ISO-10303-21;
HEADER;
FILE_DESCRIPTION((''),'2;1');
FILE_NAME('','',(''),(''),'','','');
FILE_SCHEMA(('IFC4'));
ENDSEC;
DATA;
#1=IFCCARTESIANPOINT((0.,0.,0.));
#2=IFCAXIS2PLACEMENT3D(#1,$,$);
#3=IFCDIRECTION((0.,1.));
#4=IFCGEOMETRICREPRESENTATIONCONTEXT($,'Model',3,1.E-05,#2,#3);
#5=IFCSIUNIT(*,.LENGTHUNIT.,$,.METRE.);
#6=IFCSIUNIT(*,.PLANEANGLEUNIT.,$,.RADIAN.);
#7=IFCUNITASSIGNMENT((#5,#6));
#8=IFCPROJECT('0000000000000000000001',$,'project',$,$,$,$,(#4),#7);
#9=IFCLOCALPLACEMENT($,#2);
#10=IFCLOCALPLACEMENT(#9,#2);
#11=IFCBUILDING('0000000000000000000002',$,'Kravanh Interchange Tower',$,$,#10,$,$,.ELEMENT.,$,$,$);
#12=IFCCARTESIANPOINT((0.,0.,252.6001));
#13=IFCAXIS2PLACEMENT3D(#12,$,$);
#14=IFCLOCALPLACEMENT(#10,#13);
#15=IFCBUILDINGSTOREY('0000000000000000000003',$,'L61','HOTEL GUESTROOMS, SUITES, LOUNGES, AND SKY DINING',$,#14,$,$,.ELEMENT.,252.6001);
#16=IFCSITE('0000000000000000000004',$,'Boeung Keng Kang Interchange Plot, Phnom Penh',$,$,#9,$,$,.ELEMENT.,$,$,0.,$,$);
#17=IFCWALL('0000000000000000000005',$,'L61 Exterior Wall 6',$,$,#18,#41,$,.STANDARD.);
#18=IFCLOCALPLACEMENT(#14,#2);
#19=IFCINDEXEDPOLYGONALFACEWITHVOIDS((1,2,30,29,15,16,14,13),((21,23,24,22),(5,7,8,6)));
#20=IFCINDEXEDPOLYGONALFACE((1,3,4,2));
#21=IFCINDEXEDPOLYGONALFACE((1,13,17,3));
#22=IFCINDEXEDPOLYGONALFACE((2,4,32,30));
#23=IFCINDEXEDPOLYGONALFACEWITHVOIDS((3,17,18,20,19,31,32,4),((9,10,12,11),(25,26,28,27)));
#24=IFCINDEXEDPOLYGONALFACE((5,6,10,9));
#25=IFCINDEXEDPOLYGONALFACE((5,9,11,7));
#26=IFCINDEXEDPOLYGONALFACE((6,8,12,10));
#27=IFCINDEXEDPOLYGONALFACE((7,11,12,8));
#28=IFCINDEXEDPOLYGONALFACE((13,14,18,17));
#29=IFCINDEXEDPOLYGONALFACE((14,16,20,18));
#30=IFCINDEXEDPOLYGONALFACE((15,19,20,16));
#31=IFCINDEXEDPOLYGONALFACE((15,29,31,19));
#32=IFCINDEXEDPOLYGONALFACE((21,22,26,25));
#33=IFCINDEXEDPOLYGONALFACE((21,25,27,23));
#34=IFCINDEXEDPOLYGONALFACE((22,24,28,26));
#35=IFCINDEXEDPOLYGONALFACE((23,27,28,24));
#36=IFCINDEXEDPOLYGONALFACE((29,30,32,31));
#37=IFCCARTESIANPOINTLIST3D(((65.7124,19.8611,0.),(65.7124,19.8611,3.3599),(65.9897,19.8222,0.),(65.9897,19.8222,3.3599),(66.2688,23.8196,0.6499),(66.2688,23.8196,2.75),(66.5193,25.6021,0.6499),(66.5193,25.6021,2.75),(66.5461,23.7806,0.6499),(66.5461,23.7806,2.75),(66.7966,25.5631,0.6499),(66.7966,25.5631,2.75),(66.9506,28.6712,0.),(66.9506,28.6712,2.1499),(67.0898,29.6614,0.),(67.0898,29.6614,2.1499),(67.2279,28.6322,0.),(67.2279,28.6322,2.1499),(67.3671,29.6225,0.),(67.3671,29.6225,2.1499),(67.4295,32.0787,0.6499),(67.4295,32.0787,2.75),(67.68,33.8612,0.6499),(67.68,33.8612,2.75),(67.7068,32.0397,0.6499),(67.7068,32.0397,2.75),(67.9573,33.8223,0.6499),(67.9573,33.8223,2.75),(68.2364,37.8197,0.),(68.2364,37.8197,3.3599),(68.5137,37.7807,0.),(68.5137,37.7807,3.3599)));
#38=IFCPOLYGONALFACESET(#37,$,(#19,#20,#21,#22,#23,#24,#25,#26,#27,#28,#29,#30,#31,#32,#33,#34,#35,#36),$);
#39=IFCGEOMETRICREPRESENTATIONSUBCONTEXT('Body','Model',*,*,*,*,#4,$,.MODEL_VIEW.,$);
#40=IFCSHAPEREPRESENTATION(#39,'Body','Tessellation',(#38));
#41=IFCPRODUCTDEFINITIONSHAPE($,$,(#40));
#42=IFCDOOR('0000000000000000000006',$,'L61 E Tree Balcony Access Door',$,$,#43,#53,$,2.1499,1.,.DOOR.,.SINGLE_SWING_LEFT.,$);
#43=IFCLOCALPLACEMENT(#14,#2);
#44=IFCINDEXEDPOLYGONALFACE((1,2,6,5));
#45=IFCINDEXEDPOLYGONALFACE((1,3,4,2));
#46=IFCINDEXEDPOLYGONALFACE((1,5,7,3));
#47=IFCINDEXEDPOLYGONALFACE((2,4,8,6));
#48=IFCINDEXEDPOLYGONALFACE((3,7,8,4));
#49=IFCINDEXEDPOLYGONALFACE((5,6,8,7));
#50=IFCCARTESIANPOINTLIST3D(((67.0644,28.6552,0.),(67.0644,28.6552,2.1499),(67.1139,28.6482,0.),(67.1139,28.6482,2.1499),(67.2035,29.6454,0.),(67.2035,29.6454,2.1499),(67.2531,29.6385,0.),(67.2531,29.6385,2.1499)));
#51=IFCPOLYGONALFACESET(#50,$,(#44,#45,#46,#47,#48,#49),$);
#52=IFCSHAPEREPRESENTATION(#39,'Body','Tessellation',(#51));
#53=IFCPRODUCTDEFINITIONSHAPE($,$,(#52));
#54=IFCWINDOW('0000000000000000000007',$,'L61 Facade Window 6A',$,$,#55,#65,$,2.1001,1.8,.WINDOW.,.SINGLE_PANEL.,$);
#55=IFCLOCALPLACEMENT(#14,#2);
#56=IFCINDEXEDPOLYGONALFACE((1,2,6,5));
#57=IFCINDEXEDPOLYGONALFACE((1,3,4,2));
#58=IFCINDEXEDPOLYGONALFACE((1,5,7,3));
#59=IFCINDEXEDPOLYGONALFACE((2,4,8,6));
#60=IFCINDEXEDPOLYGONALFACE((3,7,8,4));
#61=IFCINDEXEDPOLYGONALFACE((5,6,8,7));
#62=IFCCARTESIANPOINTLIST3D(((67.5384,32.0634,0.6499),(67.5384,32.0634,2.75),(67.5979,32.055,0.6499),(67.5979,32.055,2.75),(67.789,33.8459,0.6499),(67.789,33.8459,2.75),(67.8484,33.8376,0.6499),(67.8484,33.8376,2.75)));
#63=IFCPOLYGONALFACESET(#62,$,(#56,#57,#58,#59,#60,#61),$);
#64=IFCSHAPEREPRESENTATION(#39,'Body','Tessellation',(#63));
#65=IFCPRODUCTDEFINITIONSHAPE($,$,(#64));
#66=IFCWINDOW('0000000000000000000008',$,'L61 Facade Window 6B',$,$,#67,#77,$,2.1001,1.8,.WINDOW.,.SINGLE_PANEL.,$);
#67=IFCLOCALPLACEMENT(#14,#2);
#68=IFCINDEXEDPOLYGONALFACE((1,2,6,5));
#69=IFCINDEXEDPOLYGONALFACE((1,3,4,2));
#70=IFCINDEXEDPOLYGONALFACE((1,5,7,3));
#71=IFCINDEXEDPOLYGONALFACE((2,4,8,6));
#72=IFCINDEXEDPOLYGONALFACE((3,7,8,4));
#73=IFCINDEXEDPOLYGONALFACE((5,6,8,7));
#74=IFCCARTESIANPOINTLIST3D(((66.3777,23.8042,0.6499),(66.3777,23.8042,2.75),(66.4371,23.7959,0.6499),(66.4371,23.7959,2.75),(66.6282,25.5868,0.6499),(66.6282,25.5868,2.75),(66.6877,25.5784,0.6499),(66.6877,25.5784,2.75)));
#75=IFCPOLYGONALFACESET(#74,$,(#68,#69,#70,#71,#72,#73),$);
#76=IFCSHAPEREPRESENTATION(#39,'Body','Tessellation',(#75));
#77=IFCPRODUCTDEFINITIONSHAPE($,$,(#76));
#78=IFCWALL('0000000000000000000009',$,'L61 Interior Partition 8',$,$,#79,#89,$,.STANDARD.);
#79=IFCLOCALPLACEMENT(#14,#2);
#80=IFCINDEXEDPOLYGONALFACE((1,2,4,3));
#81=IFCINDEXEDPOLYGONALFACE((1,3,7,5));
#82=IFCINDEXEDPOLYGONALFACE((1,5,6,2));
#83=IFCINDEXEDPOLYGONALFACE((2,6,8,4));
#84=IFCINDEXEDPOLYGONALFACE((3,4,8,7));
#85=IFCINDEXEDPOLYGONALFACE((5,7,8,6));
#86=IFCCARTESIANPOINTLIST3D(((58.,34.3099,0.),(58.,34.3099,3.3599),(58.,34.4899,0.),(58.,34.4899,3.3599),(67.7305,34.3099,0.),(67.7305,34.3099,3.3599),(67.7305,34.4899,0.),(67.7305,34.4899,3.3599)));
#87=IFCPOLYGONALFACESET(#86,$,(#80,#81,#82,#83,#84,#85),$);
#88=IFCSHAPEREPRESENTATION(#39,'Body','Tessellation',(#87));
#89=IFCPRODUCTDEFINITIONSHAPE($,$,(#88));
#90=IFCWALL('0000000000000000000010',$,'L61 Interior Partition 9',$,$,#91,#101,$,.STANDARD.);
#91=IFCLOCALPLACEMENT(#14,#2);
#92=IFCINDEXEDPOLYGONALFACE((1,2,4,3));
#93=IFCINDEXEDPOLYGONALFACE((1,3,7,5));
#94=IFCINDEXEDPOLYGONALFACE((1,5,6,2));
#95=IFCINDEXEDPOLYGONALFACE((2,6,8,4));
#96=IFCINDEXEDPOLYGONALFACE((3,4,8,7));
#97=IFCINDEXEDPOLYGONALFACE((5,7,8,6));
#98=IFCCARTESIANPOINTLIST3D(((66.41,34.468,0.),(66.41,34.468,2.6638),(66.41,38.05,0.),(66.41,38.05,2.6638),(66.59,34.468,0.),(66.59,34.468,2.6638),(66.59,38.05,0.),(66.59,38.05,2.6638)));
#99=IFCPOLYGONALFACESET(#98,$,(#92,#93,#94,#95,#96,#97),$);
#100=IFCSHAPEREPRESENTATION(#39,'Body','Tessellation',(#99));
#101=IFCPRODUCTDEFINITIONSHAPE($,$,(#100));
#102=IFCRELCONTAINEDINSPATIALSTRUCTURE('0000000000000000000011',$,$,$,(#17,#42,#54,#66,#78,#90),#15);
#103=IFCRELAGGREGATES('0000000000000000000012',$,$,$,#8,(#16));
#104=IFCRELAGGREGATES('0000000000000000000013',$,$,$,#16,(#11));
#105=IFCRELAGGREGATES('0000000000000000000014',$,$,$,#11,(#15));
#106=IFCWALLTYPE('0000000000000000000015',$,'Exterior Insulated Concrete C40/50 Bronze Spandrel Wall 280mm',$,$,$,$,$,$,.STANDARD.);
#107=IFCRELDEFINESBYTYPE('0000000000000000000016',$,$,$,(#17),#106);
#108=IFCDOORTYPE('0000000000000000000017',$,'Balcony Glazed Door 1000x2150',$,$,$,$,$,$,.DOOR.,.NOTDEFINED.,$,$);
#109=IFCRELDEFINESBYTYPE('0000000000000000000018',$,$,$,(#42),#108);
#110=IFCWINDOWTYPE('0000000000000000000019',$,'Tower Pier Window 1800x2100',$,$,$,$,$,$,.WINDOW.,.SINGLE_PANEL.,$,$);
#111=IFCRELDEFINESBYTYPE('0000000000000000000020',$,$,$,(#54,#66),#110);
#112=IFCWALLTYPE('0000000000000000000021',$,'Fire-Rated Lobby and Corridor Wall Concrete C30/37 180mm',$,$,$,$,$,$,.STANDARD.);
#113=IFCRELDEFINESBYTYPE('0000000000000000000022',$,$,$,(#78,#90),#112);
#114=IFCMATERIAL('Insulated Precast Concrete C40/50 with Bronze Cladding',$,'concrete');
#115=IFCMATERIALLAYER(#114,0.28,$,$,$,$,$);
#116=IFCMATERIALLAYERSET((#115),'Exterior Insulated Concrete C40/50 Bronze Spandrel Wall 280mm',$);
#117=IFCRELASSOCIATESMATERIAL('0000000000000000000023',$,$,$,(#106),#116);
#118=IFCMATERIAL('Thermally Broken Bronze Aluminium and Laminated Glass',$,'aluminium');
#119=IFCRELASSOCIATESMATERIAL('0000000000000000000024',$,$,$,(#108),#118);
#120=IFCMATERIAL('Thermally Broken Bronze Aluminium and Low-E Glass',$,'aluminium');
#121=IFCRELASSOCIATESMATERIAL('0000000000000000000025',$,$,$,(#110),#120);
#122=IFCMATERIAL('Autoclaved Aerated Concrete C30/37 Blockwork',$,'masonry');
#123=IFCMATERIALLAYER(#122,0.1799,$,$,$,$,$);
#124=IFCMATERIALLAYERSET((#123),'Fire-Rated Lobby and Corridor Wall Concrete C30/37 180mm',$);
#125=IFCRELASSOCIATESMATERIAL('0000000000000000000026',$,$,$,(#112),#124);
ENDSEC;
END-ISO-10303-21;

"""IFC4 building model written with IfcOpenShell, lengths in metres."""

from ifc_helpers import new_model, si_unit, direction, frame, frame_2d, origin, place, context, subcontext, project, spatial, rectangle, extrude, material, layer, layer_set, type_object, element, fill, save


model = new_model("IFC4")

# Units and contexts
model_context = context("Model", 3, precision=1e-05, world=origin(), true_north=direction((0.0, 1.0)))
body_context = subcontext(model_context, "Body", "Model", "MODEL_VIEW")
ifc_project = project(units=[si_unit("LENGTHUNIT", "METRE"), si_unit("PLANEANGLEUNIT", "RADIAN")], contexts=[model_context])

# Site, building, storey
site_placement = place(None, origin())
site = spatial("IfcSite", under=ifc_project, at=site_placement, Name="Boeung Keng Kang Interchange Plot, Phnom Penh", CompositionType="ELEMENT", RefElevation=0.0)
building_placement = place(site_placement, origin())
building = spatial("IfcBuilding", under=site, at=building_placement, Name="Kravanh Interchange Tower", CompositionType="ELEMENT")
storey_placement = place(building_placement, frame((0.0, 0.0, 252.6001)))
storey = spatial("IfcBuildingStorey", under=building, at=storey_placement, Name="L61", Description="HOTEL GUESTROOMS, SUITES, LOUNGES, AND SKY DINING", CompositionType="ELEMENT", Elevation=252.6001)

# Wall, openings, door, windows
ifc_material_1 = material(Name="Insulated Precast Concrete C40/50 with Bronze Cladding", Category="concrete")
ifc_layer_1 = layer(ifc_material_1, 0.28)
ifc_layer_set_1 = layer_set([ifc_layer_1], Name="Exterior Insulated Concrete C40/50 Bronze Spandrel Wall 280mm")
wall_type_1 = type_object("IfcWallType", Name="Exterior Insulated Concrete C40/50 Bronze Spandrel Wall 280mm", PredefinedType="STANDARD", material=ifc_layer_set_1)
wall_1_placement = place(storey_placement, frame((68.375, 37.8, 0.0), z_axis=(0.0, 0.0, 1.0), x_axis=(-0.139174, -0.990268, 0.0)))
wall_1 = element("IfcWall", 1, at=wall_1_placement, inside=storey, type_object=wall_type_1, Name="L61 Exterior Wall 6", PredefinedType="STANDARD", context=body_context, shape_type="SweptSolid", body=[
    extrude(rectangle(XDim=18.135, YDim=0.28, at=frame_2d((9.0674, 0.0))), origin(), (0.0, 0.0, 1.0), 3.3599),
])
opening_1_placement = place(wall_1_placement, frame((8.2383, 0.0, 0.0)))
opening_1 = element("IfcOpeningElement", 2, at=opening_1_placement, cuts=wall_1, PredefinedType="OPENING", context=body_context, shape_type="SweptSolid", body=[
    extrude(rectangle(XDim=1.0, YDim=2.1499, at=frame_2d((0.5, 1.075))), frame((0.0, 0.1499, 0.0), z_axis=(0.0, -1.0, 0.0), x_axis=(1.0, 0.0, 0.0)), (0.0, 0.0, 1.0), 0.3),
])
opening_2_placement = place(wall_1_placement, frame((3.9973, 0.0, 0.6499)))
opening_2 = element("IfcOpeningElement", 3, at=opening_2_placement, cuts=wall_1, PredefinedType="OPENING", context=body_context, shape_type="SweptSolid", body=[
    extrude(rectangle(XDim=1.8, YDim=2.1001, at=frame_2d((0.8999, 1.05))), frame((0.0, 0.1499, 0.0), z_axis=(0.0, -1.0, 0.0), x_axis=(1.0, 0.0, 0.0)), (0.0, 0.0, 1.0), 0.3),
])
opening_3_placement = place(wall_1_placement, frame((12.3376, 0.0, 0.6499)))
opening_3 = element("IfcOpeningElement", 4, at=opening_3_placement, cuts=wall_1, PredefinedType="OPENING", context=body_context, shape_type="SweptSolid", body=[
    extrude(rectangle(XDim=1.8, YDim=2.1001, at=frame_2d((0.8999, 1.05))), frame((0.0, 0.1499, 0.0), z_axis=(0.0, -1.0, 0.0), x_axis=(1.0, 0.0, 0.0)), (0.0, 0.0, 1.0), 0.3),
])
ifc_material_2 = material(Name="Thermally Broken Bronze Aluminium and Laminated Glass", Category="aluminium")
door_type_1 = type_object("IfcDoorType", Name="Balcony Glazed Door 1000x2150", OperationType="NOTDEFINED", PredefinedType="DOOR", material=ifc_material_2)
door_1_placement = place(opening_1_placement, origin())
door_1 = element("IfcDoor", 5, at=door_1_placement, inside=storey, type_object=door_type_1, Name="L61 E Tree Balcony Access Door", OperationType="SINGLE_SWING_LEFT", OverallHeight=2.1499, OverallWidth=1.0, PredefinedType="DOOR", context=body_context, shape_type="SweptSolid", body=[
    extrude(rectangle(XDim=1.0, YDim=2.1499, at=frame_2d((0.5, 1.075))), frame((0.0, 0.0249, 0.0), z_axis=(0.0, -1.0, 0.0), x_axis=(1.0, 0.0, 0.0)), (0.0, 0.0, 1.0), 0.05),
])
fill(opening_1, door_1)
ifc_material_3 = material(Name="Thermally Broken Bronze Aluminium and Low-E Glass", Category="aluminium")
window_type = type_object("IfcWindowType", Name="Tower Pier Window 1800x2100", PartitioningType="SINGLE_PANEL", PredefinedType="WINDOW", material=ifc_material_3)
window_1_placement = place(opening_2_placement, origin())
window_1 = element("IfcWindow", 6, at=window_1_placement, inside=storey, type_object=window_type, Name="L61 Facade Window 6A", OverallHeight=2.1001, OverallWidth=1.8, PartitioningType="SINGLE_PANEL", PredefinedType="WINDOW", context=body_context, shape_type="SweptSolid", body=[
    extrude(rectangle(XDim=1.8, YDim=2.1001, at=frame_2d((0.8999, 1.05))), frame((0.0, 0.03, 0.0), z_axis=(0.0, -1.0, 0.0), x_axis=(1.0, 0.0, 0.0)), (0.0, 0.0, 1.0), 0.0601),
])
fill(opening_2, window_1)
window_2_placement = place(opening_3_placement, origin())
window_2 = element("IfcWindow", 7, at=window_2_placement, inside=storey, type_object=window_type, Name="L61 Facade Window 6B", OverallHeight=2.1001, OverallWidth=1.8, PartitioningType="SINGLE_PANEL", PredefinedType="WINDOW", context=body_context, shape_type="SweptSolid", body=[
    extrude(rectangle(XDim=1.8, YDim=2.1001, at=frame_2d((0.8999, 1.05))), frame((0.0, 0.03, 0.0), z_axis=(0.0, -1.0, 0.0), x_axis=(1.0, 0.0, 0.0)), (0.0, 0.0, 1.0), 0.0601),
])
fill(opening_3, window_2)

# Walls
ifc_material_4 = material(Name="Autoclaved Aerated Concrete C30/37 Blockwork", Category="masonry")
ifc_layer_2 = layer(ifc_material_4, 0.1799)
ifc_layer_set_2 = layer_set([ifc_layer_2], Name="Fire-Rated Lobby and Corridor Wall Concrete C30/37 180mm")
wall_type_2 = type_object("IfcWallType", Name="Fire-Rated Lobby and Corridor Wall Concrete C30/37 180mm", PredefinedType="STANDARD", material=ifc_layer_set_2)
wall_2_placement = place(storey_placement, frame((58.0, 34.3999, 0.0), z_axis=(0.0, 0.0, 1.0), x_axis=(1.0, 0.0, 0.0)))
element("IfcWall", 8, at=wall_2_placement, inside=storey, type_object=wall_type_2, Name="L61 Interior Partition 8", PredefinedType="STANDARD", context=body_context, shape_type="SweptSolid", body=[
    extrude(rectangle(XDim=9.7305, YDim=0.1799, at=frame_2d((4.8652, 0.0))), origin(), (0.0, 0.0, 1.0), 3.3599),
])
wall_3_placement = place(storey_placement, frame((66.5, 34.468, 0.0), z_axis=(0.0, 0.0, 1.0), x_axis=(0.0, 1.0, 0.0)))
element("IfcWall", 9, at=wall_3_placement, inside=storey, type_object=wall_type_2, Name="L61 Interior Partition 9", PredefinedType="STANDARD", context=body_context, shape_type="SweptSolid", body=[
    extrude(rectangle(XDim=3.582, YDim=0.1799, at=frame_2d((1.791, 0.0))), origin(), (0.0, 0.0, 1.0), 2.6638),
])

save(model, "model.ifc")
